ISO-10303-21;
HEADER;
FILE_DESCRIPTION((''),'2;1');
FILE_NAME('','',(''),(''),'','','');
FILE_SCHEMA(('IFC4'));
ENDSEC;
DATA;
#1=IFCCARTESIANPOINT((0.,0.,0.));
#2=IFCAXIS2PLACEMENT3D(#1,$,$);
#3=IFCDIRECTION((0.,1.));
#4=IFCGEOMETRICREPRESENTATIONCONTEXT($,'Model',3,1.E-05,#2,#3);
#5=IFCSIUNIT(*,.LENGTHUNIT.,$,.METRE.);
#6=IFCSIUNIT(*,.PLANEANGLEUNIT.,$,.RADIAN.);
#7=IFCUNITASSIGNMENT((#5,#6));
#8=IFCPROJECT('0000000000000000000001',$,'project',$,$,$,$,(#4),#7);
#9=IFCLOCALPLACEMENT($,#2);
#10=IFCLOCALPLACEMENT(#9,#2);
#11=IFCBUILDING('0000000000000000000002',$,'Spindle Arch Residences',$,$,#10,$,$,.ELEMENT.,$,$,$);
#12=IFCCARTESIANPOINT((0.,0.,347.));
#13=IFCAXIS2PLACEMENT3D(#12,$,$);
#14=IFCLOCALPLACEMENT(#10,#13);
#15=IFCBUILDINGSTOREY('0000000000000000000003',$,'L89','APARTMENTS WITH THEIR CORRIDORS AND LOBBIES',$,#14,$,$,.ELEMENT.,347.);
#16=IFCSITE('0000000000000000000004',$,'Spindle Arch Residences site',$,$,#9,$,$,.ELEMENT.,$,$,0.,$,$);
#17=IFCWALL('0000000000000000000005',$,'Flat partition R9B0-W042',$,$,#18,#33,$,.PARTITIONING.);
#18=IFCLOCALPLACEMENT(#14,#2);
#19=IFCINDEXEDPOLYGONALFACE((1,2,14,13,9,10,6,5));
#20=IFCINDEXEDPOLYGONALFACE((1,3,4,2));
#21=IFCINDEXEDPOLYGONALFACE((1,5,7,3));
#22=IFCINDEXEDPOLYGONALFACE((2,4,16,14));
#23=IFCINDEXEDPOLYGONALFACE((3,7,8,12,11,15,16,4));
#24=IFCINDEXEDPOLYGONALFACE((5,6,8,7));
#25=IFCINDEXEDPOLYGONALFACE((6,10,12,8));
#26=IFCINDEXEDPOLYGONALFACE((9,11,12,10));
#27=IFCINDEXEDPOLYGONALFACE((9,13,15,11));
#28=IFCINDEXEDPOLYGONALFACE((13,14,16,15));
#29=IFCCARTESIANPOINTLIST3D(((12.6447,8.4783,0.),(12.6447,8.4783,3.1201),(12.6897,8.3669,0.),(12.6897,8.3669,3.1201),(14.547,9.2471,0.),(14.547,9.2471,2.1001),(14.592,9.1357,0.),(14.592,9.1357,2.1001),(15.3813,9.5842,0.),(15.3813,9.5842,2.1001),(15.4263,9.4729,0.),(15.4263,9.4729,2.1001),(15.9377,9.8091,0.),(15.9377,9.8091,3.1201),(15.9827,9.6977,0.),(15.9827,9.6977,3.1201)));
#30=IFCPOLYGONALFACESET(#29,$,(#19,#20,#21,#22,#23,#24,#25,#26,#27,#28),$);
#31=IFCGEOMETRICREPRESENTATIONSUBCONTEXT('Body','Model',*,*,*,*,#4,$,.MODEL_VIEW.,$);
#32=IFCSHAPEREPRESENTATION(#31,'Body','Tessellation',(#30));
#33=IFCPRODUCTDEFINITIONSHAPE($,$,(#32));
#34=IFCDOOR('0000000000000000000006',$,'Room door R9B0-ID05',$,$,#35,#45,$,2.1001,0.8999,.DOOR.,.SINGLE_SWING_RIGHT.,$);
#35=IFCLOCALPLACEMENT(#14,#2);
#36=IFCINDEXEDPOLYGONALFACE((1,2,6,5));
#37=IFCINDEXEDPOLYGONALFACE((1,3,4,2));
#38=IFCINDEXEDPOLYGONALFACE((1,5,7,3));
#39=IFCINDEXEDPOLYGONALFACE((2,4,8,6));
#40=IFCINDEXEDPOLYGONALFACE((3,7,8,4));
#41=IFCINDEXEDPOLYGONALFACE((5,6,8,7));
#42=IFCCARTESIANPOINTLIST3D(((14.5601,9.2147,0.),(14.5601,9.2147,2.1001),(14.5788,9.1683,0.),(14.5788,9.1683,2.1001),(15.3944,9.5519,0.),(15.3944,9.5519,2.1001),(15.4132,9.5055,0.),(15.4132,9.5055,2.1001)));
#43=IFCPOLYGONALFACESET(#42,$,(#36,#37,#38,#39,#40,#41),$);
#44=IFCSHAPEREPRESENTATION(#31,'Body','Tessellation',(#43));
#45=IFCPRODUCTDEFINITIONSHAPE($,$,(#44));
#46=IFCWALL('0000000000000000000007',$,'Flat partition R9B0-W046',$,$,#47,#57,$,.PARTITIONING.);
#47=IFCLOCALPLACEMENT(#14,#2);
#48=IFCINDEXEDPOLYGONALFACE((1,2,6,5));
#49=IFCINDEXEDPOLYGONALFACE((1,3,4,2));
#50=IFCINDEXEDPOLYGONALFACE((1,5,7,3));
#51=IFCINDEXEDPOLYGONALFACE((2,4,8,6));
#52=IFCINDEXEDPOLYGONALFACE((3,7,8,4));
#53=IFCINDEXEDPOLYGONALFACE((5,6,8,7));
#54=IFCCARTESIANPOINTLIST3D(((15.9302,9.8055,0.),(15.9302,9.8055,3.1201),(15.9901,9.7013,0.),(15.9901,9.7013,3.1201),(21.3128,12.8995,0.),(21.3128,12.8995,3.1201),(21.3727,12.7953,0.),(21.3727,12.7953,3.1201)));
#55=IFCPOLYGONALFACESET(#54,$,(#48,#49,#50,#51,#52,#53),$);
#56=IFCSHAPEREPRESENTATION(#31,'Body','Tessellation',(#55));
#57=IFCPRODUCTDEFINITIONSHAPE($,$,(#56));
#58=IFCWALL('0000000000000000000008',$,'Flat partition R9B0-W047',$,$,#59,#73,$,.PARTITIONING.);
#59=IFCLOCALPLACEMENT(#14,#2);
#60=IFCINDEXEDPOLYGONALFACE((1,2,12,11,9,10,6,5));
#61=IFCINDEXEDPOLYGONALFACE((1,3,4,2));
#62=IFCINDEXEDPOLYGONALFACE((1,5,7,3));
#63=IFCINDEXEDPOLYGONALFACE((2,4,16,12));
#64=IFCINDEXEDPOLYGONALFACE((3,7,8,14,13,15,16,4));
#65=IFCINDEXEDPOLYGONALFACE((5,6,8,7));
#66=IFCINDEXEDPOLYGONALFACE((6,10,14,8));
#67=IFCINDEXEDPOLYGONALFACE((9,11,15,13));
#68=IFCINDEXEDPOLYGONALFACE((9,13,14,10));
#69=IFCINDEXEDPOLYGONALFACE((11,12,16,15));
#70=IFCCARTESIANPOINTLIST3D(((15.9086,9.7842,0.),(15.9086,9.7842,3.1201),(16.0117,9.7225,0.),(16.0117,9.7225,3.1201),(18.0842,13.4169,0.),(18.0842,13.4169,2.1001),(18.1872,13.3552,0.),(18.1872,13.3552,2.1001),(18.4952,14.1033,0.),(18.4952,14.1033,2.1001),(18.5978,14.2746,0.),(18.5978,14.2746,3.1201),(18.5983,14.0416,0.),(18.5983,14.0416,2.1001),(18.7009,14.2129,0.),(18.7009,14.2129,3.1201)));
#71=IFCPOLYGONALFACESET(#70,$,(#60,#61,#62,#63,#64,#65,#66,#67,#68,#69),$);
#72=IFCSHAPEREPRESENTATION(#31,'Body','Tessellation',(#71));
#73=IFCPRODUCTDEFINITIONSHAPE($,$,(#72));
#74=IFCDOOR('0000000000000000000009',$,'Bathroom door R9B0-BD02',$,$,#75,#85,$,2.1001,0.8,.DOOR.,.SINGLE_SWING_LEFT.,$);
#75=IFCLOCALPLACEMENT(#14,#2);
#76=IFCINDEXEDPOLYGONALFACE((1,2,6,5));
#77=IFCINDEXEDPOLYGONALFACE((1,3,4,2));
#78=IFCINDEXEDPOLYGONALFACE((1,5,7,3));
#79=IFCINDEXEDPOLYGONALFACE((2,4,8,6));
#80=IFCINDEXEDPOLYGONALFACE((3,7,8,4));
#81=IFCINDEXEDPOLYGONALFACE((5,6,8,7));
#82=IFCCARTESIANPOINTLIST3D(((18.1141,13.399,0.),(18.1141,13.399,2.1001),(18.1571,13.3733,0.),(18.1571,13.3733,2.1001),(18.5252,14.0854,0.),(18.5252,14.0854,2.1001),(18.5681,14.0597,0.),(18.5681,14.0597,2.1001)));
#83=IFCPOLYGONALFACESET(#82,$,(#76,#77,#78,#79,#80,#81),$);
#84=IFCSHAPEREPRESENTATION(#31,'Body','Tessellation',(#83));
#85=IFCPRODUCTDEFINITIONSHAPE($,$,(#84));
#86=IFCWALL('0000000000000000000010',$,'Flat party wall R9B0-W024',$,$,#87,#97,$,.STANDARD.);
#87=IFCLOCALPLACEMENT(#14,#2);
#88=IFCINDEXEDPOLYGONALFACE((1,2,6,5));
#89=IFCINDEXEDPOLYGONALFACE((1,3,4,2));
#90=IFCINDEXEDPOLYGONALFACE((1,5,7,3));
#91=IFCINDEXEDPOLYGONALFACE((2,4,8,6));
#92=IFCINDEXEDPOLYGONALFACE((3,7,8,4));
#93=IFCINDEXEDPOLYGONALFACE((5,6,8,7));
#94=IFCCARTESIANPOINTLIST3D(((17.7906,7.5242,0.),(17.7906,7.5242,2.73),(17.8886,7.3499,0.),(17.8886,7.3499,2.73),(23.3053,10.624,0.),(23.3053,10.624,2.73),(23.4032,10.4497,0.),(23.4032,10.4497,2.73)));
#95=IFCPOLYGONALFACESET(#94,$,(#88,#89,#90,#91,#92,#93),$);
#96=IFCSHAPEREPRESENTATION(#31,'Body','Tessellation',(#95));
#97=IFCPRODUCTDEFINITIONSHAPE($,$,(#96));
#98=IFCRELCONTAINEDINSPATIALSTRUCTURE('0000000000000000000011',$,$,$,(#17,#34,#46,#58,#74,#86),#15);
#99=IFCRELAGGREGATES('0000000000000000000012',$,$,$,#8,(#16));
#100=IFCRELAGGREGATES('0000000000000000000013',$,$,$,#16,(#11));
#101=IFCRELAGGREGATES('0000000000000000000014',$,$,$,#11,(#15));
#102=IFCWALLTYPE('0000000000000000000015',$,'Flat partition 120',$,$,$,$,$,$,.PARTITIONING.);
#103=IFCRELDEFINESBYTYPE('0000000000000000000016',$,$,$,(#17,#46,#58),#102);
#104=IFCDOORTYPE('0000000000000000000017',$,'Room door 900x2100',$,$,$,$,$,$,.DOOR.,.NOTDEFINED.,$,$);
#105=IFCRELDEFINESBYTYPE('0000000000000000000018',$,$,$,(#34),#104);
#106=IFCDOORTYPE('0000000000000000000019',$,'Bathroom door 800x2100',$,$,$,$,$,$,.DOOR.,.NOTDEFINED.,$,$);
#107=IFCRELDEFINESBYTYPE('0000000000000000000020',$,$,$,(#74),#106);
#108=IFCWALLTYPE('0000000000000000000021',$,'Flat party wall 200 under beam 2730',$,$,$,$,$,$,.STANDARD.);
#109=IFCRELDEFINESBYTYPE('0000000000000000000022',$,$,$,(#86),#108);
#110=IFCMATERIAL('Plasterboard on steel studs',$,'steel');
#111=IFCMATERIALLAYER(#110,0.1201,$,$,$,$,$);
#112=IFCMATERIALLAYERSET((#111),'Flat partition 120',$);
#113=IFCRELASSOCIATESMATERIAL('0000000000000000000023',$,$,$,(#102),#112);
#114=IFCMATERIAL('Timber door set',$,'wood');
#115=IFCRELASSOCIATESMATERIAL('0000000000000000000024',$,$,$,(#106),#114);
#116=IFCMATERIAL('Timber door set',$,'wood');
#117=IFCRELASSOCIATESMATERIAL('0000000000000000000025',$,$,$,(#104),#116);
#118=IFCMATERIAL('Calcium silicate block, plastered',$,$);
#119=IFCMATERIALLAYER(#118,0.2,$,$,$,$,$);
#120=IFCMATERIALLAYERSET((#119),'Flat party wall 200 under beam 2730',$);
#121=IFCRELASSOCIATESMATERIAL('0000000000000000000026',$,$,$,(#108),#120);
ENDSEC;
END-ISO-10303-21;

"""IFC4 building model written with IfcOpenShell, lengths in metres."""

from ifc_helpers import new_model, si_unit, direction, frame, frame_2d, origin, place, context, subcontext, project, spatial, rectangle, extrude, material, layer, layer_set, type_object, element, fill, save


model = new_model("IFC4")

# Units and contexts
model_context = context("Model", 3, precision=1e-05, world=origin(), true_north=direction((0.0, 1.0)))
body_context = subcontext(model_context, "Body", "Model", "MODEL_VIEW")
ifc_project = project(units=[si_unit("LENGTHUNIT", "METRE"), si_unit("PLANEANGLEUNIT", "RADIAN")], contexts=[model_context])

# Site, building, storey
site_placement = place(None, origin())
site = spatial("IfcSite", under=ifc_project, at=site_placement, Name="Spindle Arch Residences site", CompositionType="ELEMENT", RefElevation=0.0)
building_placement = place(site_placement, origin())
building = spatial("IfcBuilding", under=site, at=building_placement, Name="Spindle Arch Residences", CompositionType="ELEMENT")
storey_placement = place(building_placement, frame((0.0, 0.0, 347.0)))
storey = spatial("IfcBuildingStorey", under=building, at=storey_placement, Name="L89", Description="APARTMENTS WITH THEIR CORRIDORS AND LOBBIES", CompositionType="ELEMENT", Elevation=347.0)

# Wall, opening, door
ifc_material_1 = material(Name="Plasterboard on steel studs", Category="steel")
ifc_layer_1 = layer(ifc_material_1, 0.1201)
ifc_layer_set_1 = layer_set([ifc_layer_1], Name="Flat partition 120")
wall_type_1 = type_object("IfcWallType", Name="Flat partition 120", PredefinedType="PARTITIONING", material=ifc_layer_set_1)
ifc_material_2 = material(Name="Timber door set", Category="wood")
door_type_1 = type_object("IfcDoorType", Name="Bathroom door 800x2100", OperationType="NOTDEFINED", PredefinedType="DOOR", material=ifc_material_2)
wall_1_placement = place(storey_placement, frame((15.9602, 9.7534, 0.0), z_axis=(0.0, 0.0, 1.0), x_axis=(-0.927148, -0.374695, 0.0)))
wall_1 = element("IfcWall", 1, at=wall_1_placement, inside=storey, type_object=wall_type_1, Name="Flat partition R9B0-W042", PredefinedType="PARTITIONING", context=body_context, shape_type="SweptSolid", body=[
    extrude(rectangle(XDim=3.5518, YDim=0.1201, at=frame_2d((1.7759, 0.0))), origin(), (0.0, 0.0, 1.0), 3.1201),
])
opening_1_placement = place(wall_1_placement, frame((0.6001, 0.0, 0.0)))
opening_1 = element("IfcOpeningElement", 2, at=opening_1_placement, cuts=wall_1, PredefinedType="OPENING", context=body_context, shape_type="SweptSolid", body=[
    extrude(rectangle(XDim=0.8999, YDim=2.1001, at=frame_2d((0.45, 1.05))), frame((0.0, 0.0701, 0.0), z_axis=(0.0, -1.0, 0.0), x_axis=(1.0, 0.0, 0.0)), (0.0, 0.0, 1.0), 0.1401),
])
ifc_material_3 = material(Name="Timber door set", Category="wood")
door_type_2 = type_object("IfcDoorType", Name="Room door 900x2100", OperationType="NOTDEFINED", PredefinedType="DOOR", material=ifc_material_3)
door_1_placement = place(opening_1_placement, origin())
door_1 = element("IfcDoor", 3, at=door_1_placement, inside=storey, type_object=door_type_2, Name="Room door R9B0-ID05", OperationType="SINGLE_SWING_RIGHT", OverallHeight=2.1001, OverallWidth=0.8999, PredefinedType="DOOR", context=body_context, shape_type="SweptSolid", body=[
    extrude(rectangle(XDim=0.8999, YDim=2.1001, at=frame_2d((0.45, 1.05))), frame((0.0, 0.0249, 0.0), z_axis=(0.0, -1.0, 0.0), x_axis=(1.0, 0.0, 0.0)), (0.0, 0.0, 1.0), 0.05),
])
fill(opening_1, door_1)

# Wall
wall_2_placement = place(storey_placement, frame((21.3428, 12.8474, 0.0), z_axis=(0.0, 0.0, 1.0), x_axis=(-0.866975, -0.498352, 0.0)))
element("IfcWall", 4, at=wall_2_placement, inside=storey, type_object=wall_type_1, Name="Flat partition R9B0-W046", PredefinedType="PARTITIONING", context=body_context, shape_type="SweptSolid", body=[
    extrude(rectangle(XDim=6.2085, YDim=0.1201, at=frame_2d((3.1042, 0.0))), origin(), (0.0, 0.0, 1.0), 3.1201),
])

# Wall, opening, door
wall_3_placement = place(storey_placement, frame((18.6494, 14.2439, 0.0), z_axis=(0.0, 0.0, 1.0), x_axis=(-0.513782, -0.857921, 0.0)))
wall_3 = element("IfcWall", 5, at=wall_3_placement, inside=storey, type_object=wall_type_1, Name="Flat partition R9B0-W047", PredefinedType="PARTITIONING", context=body_context, shape_type="SweptSolid", body=[
    extrude(rectangle(XDim=5.2341, YDim=0.1201, at=frame_2d((2.6172, 0.0))), origin(), (0.0, 0.0, 1.0), 3.1201),
])
opening_2_placement = place(wall_3_placement, frame((0.2, 0.0, 0.0)))
opening_2 = element("IfcOpeningElement", 6, at=opening_2_placement, cuts=wall_3, PredefinedType="OPENING", context=body_context, shape_type="SweptSolid", body=[
    extrude(rectangle(XDim=0.8, YDim=2.1001, at=frame_2d((0.3999, 1.05))), frame((0.0, 0.0701, 0.0), z_axis=(0.0, -1.0, 0.0), x_axis=(1.0, 0.0, 0.0)), (0.0, 0.0, 1.0), 0.1401),
])
door_2_placement = place(opening_2_placement, origin())
door_2 = element("IfcDoor", 7, at=door_2_placement, inside=storey, type_object=door_type_1, Name="Bathroom door R9B0-BD02", OperationType="SINGLE_SWING_LEFT", OverallHeight=2.1001, OverallWidth=0.8, PredefinedType="DOOR", context=body_context, shape_type="SweptSolid", body=[
    extrude(rectangle(XDim=0.8, YDim=2.1001, at=frame_2d((0.3999, 1.05))), frame((0.0, 0.0249, 0.0), z_axis=(0.0, -1.0, 0.0), x_axis=(1.0, 0.0, 0.0)), (0.0, 0.0, 1.0), 0.05),
])
fill(opening_2, door_2)

# Wall
ifc_material_4 = material(Name="Calcium silicate block, plastered")
ifc_layer_2 = layer(ifc_material_4, 0.2)
ifc_layer_set_2 = layer_set([ifc_layer_2], Name="Flat party wall 200 under beam 2730")
wall_type_2 = type_object("IfcWallType", Name="Flat party wall 200 under beam 2730", PredefinedType="STANDARD", material=ifc_layer_set_2)
wall_4_placement = place(storey_placement, frame((23.3542, 10.5369, 0.0), z_axis=(0.0, 0.0, 1.0), x_axis=(-0.87172, -0.490005, 0.0)))
element("IfcWall", 8, at=wall_4_placement, inside=storey, type_object=wall_type_2, Name="Flat party wall R9B0-W024", PredefinedType="STANDARD", context=body_context, shape_type="SweptSolid", body=[
    extrude(rectangle(XDim=6.3262, YDim=0.2, at=frame_2d((3.1631, 0.0))), origin(), (0.0, 0.0, 1.0), 2.73),
])

save(model, "model.ifc")
